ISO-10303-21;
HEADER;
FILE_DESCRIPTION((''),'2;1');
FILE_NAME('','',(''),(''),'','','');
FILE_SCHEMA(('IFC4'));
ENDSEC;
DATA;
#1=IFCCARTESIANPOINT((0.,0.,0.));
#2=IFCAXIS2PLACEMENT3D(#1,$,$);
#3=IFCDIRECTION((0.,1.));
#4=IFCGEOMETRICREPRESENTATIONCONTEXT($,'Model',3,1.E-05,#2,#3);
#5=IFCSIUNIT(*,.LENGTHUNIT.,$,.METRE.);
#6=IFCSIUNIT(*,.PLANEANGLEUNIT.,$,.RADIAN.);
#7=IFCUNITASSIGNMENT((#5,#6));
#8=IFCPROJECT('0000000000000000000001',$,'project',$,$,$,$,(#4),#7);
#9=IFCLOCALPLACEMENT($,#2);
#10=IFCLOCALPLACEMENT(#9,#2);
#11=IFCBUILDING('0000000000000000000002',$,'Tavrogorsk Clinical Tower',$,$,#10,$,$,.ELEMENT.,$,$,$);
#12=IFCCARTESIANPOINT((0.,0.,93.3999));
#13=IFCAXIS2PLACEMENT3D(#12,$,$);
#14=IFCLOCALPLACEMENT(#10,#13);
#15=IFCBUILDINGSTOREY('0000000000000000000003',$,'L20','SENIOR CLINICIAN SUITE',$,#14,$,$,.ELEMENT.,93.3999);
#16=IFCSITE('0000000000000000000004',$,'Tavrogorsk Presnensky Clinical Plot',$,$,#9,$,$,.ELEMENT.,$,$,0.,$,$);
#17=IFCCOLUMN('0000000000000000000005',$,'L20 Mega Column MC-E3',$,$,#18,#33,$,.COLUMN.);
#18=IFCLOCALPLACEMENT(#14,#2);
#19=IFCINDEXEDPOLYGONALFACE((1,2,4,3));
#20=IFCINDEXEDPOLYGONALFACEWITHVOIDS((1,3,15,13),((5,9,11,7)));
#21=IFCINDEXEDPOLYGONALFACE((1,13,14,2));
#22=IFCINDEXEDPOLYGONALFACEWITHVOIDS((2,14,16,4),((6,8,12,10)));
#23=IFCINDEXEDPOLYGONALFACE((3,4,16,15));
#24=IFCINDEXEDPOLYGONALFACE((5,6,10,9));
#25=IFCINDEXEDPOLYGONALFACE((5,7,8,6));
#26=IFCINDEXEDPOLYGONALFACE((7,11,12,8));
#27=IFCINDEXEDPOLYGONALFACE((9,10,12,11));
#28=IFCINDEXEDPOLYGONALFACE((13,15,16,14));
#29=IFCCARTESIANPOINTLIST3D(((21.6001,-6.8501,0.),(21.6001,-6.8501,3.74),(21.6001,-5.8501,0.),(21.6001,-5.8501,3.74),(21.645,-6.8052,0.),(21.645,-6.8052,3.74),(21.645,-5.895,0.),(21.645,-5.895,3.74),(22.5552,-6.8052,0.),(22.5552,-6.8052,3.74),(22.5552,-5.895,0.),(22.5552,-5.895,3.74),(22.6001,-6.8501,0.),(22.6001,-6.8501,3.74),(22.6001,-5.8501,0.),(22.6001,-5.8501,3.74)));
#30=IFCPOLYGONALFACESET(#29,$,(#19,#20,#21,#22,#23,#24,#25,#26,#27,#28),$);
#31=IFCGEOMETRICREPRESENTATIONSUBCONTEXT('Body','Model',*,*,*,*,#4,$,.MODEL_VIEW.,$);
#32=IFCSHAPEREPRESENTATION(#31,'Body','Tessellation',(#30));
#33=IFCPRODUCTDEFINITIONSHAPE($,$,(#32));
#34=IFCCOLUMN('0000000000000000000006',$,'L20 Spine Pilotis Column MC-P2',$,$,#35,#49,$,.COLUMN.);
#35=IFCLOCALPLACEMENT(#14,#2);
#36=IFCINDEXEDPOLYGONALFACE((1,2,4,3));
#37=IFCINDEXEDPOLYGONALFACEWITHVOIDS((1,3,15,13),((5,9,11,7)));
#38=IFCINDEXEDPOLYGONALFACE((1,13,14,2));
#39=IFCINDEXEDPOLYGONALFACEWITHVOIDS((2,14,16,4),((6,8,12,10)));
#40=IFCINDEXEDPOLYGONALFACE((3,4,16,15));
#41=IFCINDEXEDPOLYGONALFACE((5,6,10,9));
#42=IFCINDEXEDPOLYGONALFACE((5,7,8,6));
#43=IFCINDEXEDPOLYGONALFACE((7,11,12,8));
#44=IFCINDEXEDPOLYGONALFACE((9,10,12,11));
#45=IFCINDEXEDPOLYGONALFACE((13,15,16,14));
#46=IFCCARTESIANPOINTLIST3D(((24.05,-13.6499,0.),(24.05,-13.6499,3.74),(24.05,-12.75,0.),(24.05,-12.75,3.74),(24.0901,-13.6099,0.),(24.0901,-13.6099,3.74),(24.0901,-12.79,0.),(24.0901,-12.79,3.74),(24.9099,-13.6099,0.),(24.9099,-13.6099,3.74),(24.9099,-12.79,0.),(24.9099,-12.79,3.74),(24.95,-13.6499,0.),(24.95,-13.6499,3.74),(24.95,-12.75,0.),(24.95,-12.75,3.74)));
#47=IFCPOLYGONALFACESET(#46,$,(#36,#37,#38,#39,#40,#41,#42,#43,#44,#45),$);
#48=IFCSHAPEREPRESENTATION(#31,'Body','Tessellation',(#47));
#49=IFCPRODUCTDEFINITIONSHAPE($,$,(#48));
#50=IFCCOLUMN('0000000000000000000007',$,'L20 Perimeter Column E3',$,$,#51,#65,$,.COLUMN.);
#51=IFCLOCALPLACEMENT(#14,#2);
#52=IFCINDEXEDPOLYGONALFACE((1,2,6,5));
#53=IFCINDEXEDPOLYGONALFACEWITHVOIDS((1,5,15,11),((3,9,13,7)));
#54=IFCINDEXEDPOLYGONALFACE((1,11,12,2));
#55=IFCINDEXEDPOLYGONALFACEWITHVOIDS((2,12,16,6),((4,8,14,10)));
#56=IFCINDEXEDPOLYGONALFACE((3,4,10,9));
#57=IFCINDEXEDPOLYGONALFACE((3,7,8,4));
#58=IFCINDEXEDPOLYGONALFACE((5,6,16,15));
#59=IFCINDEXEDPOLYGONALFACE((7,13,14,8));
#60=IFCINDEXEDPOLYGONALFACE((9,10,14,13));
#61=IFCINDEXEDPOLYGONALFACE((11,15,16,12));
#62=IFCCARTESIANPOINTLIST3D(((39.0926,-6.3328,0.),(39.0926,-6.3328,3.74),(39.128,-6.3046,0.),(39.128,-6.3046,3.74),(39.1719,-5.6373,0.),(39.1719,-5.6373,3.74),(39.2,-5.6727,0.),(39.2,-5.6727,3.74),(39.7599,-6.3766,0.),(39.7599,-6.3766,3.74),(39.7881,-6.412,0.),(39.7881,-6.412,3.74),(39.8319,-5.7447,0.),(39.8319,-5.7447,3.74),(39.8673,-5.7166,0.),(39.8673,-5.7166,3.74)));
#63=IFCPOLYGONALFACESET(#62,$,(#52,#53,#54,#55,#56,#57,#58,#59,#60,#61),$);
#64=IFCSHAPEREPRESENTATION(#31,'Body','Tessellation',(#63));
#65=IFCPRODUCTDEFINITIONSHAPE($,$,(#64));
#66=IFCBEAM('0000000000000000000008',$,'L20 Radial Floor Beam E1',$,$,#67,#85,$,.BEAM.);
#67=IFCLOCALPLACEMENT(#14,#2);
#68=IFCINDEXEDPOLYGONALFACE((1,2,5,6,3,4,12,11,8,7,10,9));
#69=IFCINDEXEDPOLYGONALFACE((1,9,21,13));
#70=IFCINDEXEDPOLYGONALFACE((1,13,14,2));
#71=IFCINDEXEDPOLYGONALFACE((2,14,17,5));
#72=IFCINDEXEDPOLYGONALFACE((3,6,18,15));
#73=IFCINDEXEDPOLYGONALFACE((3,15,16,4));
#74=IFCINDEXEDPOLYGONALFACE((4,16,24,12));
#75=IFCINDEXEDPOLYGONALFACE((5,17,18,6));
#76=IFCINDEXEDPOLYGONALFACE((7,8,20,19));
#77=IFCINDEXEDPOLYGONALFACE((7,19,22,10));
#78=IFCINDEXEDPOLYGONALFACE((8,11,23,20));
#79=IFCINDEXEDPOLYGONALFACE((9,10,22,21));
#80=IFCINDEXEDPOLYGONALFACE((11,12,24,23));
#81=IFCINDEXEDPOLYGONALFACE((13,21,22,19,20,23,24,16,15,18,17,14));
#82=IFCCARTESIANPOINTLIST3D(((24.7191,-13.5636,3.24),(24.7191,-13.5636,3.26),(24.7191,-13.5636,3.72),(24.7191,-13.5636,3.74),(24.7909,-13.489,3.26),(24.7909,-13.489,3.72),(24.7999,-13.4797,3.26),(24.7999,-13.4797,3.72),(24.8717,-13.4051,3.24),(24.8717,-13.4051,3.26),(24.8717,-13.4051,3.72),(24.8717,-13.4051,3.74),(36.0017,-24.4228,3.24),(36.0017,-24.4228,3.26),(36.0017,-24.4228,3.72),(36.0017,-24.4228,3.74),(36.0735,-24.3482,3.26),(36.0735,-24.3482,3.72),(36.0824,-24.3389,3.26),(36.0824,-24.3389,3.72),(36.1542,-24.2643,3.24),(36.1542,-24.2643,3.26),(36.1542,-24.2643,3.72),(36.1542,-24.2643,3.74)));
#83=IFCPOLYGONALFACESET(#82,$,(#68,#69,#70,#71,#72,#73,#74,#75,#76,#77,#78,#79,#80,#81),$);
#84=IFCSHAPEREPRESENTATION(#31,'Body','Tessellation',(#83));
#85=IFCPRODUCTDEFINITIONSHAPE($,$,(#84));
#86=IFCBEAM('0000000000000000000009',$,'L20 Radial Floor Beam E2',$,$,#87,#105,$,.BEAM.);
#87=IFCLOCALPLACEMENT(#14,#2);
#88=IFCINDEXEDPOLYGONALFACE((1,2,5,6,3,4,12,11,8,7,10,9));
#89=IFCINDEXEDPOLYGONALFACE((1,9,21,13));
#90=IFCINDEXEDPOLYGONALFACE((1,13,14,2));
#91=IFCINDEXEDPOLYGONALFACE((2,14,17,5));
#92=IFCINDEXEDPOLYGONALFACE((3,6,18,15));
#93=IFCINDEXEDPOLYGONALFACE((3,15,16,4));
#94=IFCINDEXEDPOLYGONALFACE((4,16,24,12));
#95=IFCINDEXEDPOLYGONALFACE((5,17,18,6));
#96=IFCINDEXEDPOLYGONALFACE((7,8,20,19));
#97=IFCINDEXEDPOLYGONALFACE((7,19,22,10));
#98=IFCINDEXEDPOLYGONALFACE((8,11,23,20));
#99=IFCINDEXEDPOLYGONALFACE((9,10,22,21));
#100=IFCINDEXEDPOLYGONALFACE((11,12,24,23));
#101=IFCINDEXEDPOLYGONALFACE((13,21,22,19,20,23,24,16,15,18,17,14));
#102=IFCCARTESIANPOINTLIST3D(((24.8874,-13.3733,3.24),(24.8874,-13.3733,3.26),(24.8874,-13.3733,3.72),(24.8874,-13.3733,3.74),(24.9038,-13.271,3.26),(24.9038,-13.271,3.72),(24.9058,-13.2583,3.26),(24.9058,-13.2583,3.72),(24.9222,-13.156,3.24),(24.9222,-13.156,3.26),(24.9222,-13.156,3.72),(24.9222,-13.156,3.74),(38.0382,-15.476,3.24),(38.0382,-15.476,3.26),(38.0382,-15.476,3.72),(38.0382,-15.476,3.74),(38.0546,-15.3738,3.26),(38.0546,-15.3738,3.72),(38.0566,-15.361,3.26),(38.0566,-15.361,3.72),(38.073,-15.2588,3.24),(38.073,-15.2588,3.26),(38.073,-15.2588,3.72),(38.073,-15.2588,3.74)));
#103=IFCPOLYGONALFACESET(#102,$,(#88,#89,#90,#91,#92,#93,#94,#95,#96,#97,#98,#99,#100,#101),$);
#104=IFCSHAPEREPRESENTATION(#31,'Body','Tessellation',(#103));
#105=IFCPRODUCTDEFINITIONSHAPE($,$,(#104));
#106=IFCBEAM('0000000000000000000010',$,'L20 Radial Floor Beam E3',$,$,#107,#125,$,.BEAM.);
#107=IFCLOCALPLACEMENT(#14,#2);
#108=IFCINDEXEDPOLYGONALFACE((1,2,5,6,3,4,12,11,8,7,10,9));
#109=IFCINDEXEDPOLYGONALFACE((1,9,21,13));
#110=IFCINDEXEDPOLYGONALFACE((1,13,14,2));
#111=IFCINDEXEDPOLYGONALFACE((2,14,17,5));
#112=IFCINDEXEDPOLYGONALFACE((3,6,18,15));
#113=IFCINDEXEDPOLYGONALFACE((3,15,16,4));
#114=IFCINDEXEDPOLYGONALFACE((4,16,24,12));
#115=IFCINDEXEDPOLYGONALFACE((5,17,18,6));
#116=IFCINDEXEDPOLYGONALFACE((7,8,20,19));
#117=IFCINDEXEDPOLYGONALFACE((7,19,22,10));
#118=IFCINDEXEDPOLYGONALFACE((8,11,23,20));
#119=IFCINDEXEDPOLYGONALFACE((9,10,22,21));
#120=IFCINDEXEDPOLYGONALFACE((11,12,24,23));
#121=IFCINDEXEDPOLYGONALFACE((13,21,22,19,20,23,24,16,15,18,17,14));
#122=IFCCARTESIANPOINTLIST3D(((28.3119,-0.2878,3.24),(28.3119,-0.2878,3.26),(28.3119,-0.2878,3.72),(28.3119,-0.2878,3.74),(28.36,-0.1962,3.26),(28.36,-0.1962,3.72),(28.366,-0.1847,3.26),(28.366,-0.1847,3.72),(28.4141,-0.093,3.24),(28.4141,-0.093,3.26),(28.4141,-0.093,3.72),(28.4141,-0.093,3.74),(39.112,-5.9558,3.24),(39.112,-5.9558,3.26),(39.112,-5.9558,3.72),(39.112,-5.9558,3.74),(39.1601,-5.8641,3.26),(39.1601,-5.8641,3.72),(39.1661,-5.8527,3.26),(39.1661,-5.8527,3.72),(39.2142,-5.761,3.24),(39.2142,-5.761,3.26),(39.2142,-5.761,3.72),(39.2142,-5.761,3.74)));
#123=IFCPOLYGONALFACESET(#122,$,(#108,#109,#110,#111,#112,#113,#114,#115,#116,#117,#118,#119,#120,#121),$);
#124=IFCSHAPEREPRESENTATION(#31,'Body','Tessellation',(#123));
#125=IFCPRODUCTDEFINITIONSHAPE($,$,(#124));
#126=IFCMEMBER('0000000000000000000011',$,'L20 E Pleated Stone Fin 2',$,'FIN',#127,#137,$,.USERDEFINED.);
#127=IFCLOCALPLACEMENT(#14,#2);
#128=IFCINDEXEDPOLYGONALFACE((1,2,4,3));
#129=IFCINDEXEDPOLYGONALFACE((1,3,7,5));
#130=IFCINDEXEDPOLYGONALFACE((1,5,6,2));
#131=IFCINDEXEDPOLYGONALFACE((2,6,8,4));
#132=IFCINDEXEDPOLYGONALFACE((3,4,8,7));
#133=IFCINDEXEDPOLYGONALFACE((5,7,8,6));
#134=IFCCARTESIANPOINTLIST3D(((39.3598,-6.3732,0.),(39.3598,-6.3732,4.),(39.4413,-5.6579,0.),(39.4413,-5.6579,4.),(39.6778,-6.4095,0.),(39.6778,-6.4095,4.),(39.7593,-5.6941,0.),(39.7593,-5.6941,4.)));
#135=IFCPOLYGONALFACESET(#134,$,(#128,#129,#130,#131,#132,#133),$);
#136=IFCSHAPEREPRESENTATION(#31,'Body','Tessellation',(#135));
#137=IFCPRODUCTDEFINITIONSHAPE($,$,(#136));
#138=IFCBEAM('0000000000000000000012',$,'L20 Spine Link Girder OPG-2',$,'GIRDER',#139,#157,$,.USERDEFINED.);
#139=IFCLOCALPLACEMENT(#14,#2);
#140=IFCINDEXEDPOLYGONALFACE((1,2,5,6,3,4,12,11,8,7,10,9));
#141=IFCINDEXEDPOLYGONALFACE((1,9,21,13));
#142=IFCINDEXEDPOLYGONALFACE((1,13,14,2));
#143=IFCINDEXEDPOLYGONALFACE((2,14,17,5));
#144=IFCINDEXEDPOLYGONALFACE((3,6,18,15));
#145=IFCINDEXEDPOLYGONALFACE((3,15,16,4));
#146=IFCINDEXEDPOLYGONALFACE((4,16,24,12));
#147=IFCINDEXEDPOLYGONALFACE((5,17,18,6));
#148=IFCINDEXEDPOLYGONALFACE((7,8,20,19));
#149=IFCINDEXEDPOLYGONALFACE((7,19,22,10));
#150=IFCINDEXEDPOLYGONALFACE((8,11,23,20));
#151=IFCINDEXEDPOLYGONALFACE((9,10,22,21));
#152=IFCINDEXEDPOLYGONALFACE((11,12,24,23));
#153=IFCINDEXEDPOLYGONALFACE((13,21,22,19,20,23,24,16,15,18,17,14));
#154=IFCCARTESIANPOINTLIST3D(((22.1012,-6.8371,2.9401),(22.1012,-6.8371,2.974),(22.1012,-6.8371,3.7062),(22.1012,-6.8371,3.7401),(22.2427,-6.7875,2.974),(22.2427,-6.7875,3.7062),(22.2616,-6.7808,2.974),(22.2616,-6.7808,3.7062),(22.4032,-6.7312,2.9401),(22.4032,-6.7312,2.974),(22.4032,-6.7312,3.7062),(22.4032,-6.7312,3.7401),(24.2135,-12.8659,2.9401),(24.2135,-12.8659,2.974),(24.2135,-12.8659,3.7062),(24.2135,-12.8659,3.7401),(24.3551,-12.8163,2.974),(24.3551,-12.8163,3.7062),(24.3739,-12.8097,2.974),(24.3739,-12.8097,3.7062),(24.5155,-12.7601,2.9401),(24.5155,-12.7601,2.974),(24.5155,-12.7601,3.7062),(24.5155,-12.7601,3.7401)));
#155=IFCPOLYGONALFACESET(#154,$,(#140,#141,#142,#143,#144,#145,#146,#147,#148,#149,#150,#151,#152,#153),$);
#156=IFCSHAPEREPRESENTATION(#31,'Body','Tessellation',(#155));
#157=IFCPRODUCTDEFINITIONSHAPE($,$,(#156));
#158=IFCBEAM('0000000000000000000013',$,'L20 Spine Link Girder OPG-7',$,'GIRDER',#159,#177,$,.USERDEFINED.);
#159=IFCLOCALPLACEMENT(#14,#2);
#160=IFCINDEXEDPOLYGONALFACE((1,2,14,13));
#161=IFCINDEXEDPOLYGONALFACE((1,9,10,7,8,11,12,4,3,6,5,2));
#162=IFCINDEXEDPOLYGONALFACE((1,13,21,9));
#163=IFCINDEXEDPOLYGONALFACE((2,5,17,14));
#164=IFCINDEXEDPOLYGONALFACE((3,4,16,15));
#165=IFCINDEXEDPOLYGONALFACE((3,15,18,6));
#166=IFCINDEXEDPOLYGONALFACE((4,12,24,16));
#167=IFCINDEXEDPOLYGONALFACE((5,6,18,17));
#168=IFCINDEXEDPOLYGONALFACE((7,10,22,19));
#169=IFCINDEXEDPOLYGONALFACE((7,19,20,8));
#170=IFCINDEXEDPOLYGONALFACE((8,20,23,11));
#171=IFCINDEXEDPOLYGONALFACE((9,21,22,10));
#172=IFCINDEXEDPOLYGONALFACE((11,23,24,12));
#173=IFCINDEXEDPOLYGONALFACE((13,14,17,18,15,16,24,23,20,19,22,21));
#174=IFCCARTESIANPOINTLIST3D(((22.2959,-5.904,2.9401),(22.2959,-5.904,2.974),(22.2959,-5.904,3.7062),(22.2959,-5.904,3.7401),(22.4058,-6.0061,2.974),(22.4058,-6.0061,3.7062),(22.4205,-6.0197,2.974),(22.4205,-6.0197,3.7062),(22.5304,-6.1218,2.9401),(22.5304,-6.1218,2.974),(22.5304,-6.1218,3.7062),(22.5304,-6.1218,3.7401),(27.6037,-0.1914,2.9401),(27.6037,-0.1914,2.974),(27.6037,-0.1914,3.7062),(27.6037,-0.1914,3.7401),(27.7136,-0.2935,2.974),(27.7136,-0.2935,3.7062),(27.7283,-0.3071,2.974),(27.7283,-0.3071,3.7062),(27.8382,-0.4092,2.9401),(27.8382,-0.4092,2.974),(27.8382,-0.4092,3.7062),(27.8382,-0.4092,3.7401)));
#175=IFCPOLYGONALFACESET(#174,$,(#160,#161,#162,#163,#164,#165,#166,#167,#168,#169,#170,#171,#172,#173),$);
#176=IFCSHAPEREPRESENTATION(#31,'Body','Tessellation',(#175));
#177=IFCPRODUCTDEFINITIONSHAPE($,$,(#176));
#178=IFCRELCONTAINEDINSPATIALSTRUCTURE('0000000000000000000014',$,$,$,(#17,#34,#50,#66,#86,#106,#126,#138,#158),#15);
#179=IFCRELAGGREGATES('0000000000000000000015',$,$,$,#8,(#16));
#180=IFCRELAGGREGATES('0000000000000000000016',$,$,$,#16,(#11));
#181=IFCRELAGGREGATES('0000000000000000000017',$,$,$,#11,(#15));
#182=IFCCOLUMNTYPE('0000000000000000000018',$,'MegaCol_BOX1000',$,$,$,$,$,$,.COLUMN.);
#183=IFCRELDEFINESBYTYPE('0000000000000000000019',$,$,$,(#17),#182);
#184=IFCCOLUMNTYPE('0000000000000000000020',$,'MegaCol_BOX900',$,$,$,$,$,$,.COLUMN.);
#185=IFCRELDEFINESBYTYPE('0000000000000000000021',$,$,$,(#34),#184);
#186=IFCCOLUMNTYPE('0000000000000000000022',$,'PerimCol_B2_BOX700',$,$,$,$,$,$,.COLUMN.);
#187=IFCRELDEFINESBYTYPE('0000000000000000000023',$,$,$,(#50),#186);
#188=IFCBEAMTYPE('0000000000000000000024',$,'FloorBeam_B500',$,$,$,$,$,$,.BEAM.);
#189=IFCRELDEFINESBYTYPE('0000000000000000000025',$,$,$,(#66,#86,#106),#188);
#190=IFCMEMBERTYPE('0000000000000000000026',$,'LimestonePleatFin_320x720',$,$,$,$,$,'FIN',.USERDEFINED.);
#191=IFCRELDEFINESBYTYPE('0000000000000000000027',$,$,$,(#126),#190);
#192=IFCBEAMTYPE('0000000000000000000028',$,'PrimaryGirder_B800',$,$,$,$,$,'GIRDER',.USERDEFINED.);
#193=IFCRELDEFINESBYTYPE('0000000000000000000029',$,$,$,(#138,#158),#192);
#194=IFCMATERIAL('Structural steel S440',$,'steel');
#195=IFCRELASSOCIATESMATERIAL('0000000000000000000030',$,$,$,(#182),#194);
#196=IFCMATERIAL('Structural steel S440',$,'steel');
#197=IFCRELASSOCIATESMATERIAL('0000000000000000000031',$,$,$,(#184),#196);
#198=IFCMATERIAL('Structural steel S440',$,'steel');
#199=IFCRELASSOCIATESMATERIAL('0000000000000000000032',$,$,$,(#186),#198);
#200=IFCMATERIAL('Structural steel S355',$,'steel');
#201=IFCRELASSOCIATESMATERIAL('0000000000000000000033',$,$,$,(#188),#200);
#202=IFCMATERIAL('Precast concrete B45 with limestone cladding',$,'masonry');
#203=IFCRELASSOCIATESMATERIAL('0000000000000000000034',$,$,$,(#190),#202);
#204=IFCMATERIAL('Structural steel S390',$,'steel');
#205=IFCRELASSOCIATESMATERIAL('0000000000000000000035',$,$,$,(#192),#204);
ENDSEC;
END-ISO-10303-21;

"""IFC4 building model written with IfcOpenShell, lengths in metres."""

from ifc_helpers import new_model, si_unit, direction, frame, origin, origin_2d, place, context, subcontext, project, spatial, rectangle, hollow_rectangle, i_section, extrude, material, material_profile, profile_set, type_object, element, save


model = new_model("IFC4")

# Units and contexts
model_context = context("Model", 3, precision=1e-05, world=origin(), true_north=direction((0.0, 1.0)))
body_context = subcontext(model_context, "Body", "Model", "MODEL_VIEW")
ifc_project = project(units=[si_unit("LENGTHUNIT", "METRE"), si_unit("PLANEANGLEUNIT", "RADIAN")], contexts=[model_context])

# Site, building, storey
site_placement = place(None, origin())
site = spatial("IfcSite", under=ifc_project, at=site_placement, Name="Tavrogorsk Presnensky Clinical Plot", CompositionType="ELEMENT", RefElevation=0.0)
building_placement = place(site_placement, origin())
building = spatial("IfcBuilding", under=site, at=building_placement, Name="Tavrogorsk Clinical Tower", CompositionType="ELEMENT")
storey_placement = place(building_placement, frame((0.0, 0.0, 93.3999)))
storey = spatial("IfcBuildingStorey", under=building, at=storey_placement, Name="L20", Description="SENIOR CLINICIAN SUITE", CompositionType="ELEMENT", Elevation=93.3999)

# Columns
ifc_material_1 = material(Name="Structural steel S440", Category="steel")
ifc_material_profile_1 = material_profile(ifc_material_1, hollow_rectangle(XDim=1.0, YDim=1.0, WallThickness=0.0449, at=origin_2d()), Name="BOX-1000x1000x45")
ifc_profile_set_1 = profile_set([ifc_material_profile_1], Name="Structural steel S440")
column_type_1 = type_object("IfcColumnType", Name="MegaCol_BOX1000", PredefinedType="COLUMN", material=ifc_profile_set_1)
column_1_placement = place(storey_placement, frame((22.1001, -6.3501, 0.0), z_axis=(0.0, 0.0, 1.0), x_axis=(1.0, 0.0, 0.0)))
element("IfcColumn", 1, at=column_1_placement, inside=storey, type_object=column_type_1, Name="L20 Mega Column MC-E3", PredefinedType="COLUMN", context=body_context, shape_type="SweptSolid", body=[
    extrude(hollow_rectangle(XDim=1.0, YDim=1.0, WallThickness=0.0449, at=origin_2d()), origin(), (0.0, 0.0, 1.0), 3.74),
])
ifc_material_2 = material(Name="Structural steel S440", Category="steel")
ifc_material_profile_2 = material_profile(ifc_material_2, hollow_rectangle(XDim=0.8999, YDim=0.8999, WallThickness=0.04, at=origin_2d()), Name="BOX-900x900x40")
ifc_profile_set_2 = profile_set([ifc_material_profile_2], Name="Structural steel S440")
column_type_2 = type_object("IfcColumnType", Name="MegaCol_BOX900", PredefinedType="COLUMN", material=ifc_profile_set_2)
column_2_placement = place(storey_placement, frame((24.5, -13.2, 0.0), z_axis=(0.0, 0.0, 1.0), x_axis=(1.0, 0.0, 0.0)))
element("IfcColumn", 2, at=column_2_placement, inside=storey, type_object=column_type_2, Name="L20 Spine Pilotis Column MC-P2", PredefinedType="COLUMN", context=body_context, shape_type="SweptSolid", body=[
    extrude(hollow_rectangle(XDim=0.8999, YDim=0.8999, WallThickness=0.04, at=origin_2d()), origin(), (0.0, 0.0, 1.0), 3.74),
])
ifc_material_3 = material(Name="Structural steel S440", Category="steel")
ifc_material_profile_3 = material_profile(ifc_material_3, hollow_rectangle(XDim=0.7, YDim=0.7, WallThickness=0.032, at=origin_2d()), Name="BOX-700x700x32")
ifc_profile_set_3 = profile_set([ifc_material_profile_3], Name="Structural steel S440")
column_type_3 = type_object("IfcColumnType", Name="PerimCol_B2_BOX700", PredefinedType="COLUMN", material=ifc_profile_set_3)
column_3_placement = place(storey_placement, frame((39.48, -6.0247, 0.0), z_axis=(0.0, 0.0, 1.0), x_axis=(0.993572, -0.113203, 0.0)))
element("IfcColumn", 3, at=column_3_placement, inside=storey, type_object=column_type_3, Name="L20 Perimeter Column E3", PredefinedType="COLUMN", context=body_context, shape_type="SweptSolid", body=[
    extrude(hollow_rectangle(XDim=0.7, YDim=0.7, WallThickness=0.032, at=origin_2d()), origin(), (0.0, 0.0, 1.0), 3.74),
])

# Beams
ifc_material_4 = material(Name="Structural steel S355", Category="steel")
ifc_material_profile_4 = material_profile(ifc_material_4, i_section(OverallWidth=0.22, OverallDepth=0.5, WebThickness=0.0129, FlangeThickness=0.02, at=origin_2d()), Name="B-500x220x13x20")
ifc_profile_set_4 = profile_set([ifc_material_profile_4], Name="Structural steel S355")
beam_type_1 = type_object("IfcBeamType", Name="FloorBeam_B500", PredefinedType="BEAM", material=ifc_profile_set_4)
beam_1_placement = place(storey_placement, frame((24.7954, -13.4844, 3.49), z_axis=(0.720495, -0.69346, 0.0), x_axis=(0.69346, 0.720495, 0.0)))
element("IfcBeam", 4, at=beam_1_placement, inside=storey, type_object=beam_type_1, Name="L20 Radial Floor Beam E1", PredefinedType="BEAM", context=body_context, shape_type="SweptSolid", body=[
    extrude(i_section(OverallWidth=0.22, OverallDepth=0.5, WebThickness=0.0129, FlangeThickness=0.02, at=origin_2d()), origin(), (0.0, 0.0, 1.0), 15.6594),
])
beam_2_placement = place(storey_placement, frame((24.9048, -13.2646, 3.49), z_axis=(0.987457, -0.157891, 0.0), x_axis=(0.157891, 0.987457, 0.0)))
element("IfcBeam", 5, at=beam_2_placement, inside=storey, type_object=beam_type_1, Name="L20 Radial Floor Beam E2", PredefinedType="BEAM", context=body_context, shape_type="SweptSolid", body=[
    extrude(i_section(OverallWidth=0.22, OverallDepth=0.5, WebThickness=0.0129, FlangeThickness=0.02, at=origin_2d()), origin(), (0.0, 0.0, 1.0), 13.3179),
])
beam_3_placement = place(storey_placement, frame((28.363, -0.1904, 3.49), z_axis=(0.885467, -0.464702, 0.0), x_axis=(0.464702, 0.885467, 0.0)))
element("IfcBeam", 6, at=beam_3_placement, inside=storey, type_object=beam_type_1, Name="L20 Radial Floor Beam E3", PredefinedType="BEAM", context=body_context, shape_type="SweptSolid", body=[
    extrude(i_section(OverallWidth=0.22, OverallDepth=0.5, WebThickness=0.0129, FlangeThickness=0.02, at=origin_2d()), origin(), (0.0, 0.0, 1.0), 12.197),
])

# Member
ifc_material_5 = material(Name="Precast concrete B45 with limestone cladding", Category="masonry")
ifc_material_profile_5 = material_profile(ifc_material_5, rectangle(XDim=0.3201, YDim=0.72, at=origin_2d()), Name="LIMESTONE-FIN-320x720")
ifc_profile_set_5 = profile_set([ifc_material_profile_5], Name="Precast concrete B45 with limestone cladding")
member_type = type_object("IfcMemberType", Name="LimestonePleatFin_320x720", ElementType="FIN", PredefinedType="USERDEFINED", material=ifc_profile_set_5)
member_placement = place(storey_placement, frame((39.5596, -6.0337, 0.0), z_axis=(0.0, 0.0, 1.0), x_axis=(0.993572, -0.113203, 0.0)))
element("IfcMember", 7, at=member_placement, inside=storey, type_object=member_type, Name="L20 E Pleated Stone Fin 2", ObjectType="FIN", PredefinedType="USERDEFINED", context=body_context, shape_type="SweptSolid", body=[
    extrude(rectangle(XDim=0.3201, YDim=0.72, at=origin_2d()), origin(), (0.0, 0.0, 1.0), 4.0),
])

# Beams
ifc_material_6 = material(Name="Structural steel S390", Category="steel")
ifc_material_profile_6 = material_profile(ifc_material_6, i_section(OverallWidth=0.3201, OverallDepth=0.8, WebThickness=0.02, FlangeThickness=0.0339, at=origin_2d()), Name="B-800x320x20x34")
ifc_profile_set_6 = profile_set([ifc_material_profile_6], Name="Structural steel S390")
beam_type_2 = type_object("IfcBeamType", Name="PrimaryGirder_B800", ElementType="GIRDER", PredefinedType="USERDEFINED", material=ifc_profile_set_6)
beam_4_placement = place(storey_placement, frame((24.3645, -12.813, 3.3401), z_axis=(-0.33066, 0.94375, 0.0), x_axis=(-0.94375, -0.33066, 0.0)))
element("IfcBeam", 8, at=beam_4_placement, inside=storey, type_object=beam_type_2, Name="L20 Spine Link Girder OPG-2", ObjectType="GIRDER", PredefinedType="USERDEFINED", context=body_context, shape_type="SweptSolid", body=[
    extrude(i_section(OverallWidth=0.3201, OverallDepth=0.8, WebThickness=0.02, FlangeThickness=0.0339, at=origin_2d()), origin(), (0.0, 0.0, 1.0), 6.3882),
])
beam_5_placement = place(storey_placement, frame((27.7209, -0.3003, 3.3401), z_axis=(-0.680676, -0.732585, 0.0), x_axis=(0.732585, -0.680676, 0.0)))
element("IfcBeam", 9, at=beam_5_placement, inside=storey, type_object=beam_type_2, Name="L20 Spine Link Girder OPG-7", ObjectType="GIRDER", PredefinedType="USERDEFINED", context=body_context, shape_type="SweptSolid", body=[
    extrude(i_section(OverallWidth=0.3201, OverallDepth=0.8, WebThickness=0.02, FlangeThickness=0.0339, at=origin_2d()), origin(), (0.0, 0.0, 1.0), 7.7979),
])

save(model, "model.ifc")
